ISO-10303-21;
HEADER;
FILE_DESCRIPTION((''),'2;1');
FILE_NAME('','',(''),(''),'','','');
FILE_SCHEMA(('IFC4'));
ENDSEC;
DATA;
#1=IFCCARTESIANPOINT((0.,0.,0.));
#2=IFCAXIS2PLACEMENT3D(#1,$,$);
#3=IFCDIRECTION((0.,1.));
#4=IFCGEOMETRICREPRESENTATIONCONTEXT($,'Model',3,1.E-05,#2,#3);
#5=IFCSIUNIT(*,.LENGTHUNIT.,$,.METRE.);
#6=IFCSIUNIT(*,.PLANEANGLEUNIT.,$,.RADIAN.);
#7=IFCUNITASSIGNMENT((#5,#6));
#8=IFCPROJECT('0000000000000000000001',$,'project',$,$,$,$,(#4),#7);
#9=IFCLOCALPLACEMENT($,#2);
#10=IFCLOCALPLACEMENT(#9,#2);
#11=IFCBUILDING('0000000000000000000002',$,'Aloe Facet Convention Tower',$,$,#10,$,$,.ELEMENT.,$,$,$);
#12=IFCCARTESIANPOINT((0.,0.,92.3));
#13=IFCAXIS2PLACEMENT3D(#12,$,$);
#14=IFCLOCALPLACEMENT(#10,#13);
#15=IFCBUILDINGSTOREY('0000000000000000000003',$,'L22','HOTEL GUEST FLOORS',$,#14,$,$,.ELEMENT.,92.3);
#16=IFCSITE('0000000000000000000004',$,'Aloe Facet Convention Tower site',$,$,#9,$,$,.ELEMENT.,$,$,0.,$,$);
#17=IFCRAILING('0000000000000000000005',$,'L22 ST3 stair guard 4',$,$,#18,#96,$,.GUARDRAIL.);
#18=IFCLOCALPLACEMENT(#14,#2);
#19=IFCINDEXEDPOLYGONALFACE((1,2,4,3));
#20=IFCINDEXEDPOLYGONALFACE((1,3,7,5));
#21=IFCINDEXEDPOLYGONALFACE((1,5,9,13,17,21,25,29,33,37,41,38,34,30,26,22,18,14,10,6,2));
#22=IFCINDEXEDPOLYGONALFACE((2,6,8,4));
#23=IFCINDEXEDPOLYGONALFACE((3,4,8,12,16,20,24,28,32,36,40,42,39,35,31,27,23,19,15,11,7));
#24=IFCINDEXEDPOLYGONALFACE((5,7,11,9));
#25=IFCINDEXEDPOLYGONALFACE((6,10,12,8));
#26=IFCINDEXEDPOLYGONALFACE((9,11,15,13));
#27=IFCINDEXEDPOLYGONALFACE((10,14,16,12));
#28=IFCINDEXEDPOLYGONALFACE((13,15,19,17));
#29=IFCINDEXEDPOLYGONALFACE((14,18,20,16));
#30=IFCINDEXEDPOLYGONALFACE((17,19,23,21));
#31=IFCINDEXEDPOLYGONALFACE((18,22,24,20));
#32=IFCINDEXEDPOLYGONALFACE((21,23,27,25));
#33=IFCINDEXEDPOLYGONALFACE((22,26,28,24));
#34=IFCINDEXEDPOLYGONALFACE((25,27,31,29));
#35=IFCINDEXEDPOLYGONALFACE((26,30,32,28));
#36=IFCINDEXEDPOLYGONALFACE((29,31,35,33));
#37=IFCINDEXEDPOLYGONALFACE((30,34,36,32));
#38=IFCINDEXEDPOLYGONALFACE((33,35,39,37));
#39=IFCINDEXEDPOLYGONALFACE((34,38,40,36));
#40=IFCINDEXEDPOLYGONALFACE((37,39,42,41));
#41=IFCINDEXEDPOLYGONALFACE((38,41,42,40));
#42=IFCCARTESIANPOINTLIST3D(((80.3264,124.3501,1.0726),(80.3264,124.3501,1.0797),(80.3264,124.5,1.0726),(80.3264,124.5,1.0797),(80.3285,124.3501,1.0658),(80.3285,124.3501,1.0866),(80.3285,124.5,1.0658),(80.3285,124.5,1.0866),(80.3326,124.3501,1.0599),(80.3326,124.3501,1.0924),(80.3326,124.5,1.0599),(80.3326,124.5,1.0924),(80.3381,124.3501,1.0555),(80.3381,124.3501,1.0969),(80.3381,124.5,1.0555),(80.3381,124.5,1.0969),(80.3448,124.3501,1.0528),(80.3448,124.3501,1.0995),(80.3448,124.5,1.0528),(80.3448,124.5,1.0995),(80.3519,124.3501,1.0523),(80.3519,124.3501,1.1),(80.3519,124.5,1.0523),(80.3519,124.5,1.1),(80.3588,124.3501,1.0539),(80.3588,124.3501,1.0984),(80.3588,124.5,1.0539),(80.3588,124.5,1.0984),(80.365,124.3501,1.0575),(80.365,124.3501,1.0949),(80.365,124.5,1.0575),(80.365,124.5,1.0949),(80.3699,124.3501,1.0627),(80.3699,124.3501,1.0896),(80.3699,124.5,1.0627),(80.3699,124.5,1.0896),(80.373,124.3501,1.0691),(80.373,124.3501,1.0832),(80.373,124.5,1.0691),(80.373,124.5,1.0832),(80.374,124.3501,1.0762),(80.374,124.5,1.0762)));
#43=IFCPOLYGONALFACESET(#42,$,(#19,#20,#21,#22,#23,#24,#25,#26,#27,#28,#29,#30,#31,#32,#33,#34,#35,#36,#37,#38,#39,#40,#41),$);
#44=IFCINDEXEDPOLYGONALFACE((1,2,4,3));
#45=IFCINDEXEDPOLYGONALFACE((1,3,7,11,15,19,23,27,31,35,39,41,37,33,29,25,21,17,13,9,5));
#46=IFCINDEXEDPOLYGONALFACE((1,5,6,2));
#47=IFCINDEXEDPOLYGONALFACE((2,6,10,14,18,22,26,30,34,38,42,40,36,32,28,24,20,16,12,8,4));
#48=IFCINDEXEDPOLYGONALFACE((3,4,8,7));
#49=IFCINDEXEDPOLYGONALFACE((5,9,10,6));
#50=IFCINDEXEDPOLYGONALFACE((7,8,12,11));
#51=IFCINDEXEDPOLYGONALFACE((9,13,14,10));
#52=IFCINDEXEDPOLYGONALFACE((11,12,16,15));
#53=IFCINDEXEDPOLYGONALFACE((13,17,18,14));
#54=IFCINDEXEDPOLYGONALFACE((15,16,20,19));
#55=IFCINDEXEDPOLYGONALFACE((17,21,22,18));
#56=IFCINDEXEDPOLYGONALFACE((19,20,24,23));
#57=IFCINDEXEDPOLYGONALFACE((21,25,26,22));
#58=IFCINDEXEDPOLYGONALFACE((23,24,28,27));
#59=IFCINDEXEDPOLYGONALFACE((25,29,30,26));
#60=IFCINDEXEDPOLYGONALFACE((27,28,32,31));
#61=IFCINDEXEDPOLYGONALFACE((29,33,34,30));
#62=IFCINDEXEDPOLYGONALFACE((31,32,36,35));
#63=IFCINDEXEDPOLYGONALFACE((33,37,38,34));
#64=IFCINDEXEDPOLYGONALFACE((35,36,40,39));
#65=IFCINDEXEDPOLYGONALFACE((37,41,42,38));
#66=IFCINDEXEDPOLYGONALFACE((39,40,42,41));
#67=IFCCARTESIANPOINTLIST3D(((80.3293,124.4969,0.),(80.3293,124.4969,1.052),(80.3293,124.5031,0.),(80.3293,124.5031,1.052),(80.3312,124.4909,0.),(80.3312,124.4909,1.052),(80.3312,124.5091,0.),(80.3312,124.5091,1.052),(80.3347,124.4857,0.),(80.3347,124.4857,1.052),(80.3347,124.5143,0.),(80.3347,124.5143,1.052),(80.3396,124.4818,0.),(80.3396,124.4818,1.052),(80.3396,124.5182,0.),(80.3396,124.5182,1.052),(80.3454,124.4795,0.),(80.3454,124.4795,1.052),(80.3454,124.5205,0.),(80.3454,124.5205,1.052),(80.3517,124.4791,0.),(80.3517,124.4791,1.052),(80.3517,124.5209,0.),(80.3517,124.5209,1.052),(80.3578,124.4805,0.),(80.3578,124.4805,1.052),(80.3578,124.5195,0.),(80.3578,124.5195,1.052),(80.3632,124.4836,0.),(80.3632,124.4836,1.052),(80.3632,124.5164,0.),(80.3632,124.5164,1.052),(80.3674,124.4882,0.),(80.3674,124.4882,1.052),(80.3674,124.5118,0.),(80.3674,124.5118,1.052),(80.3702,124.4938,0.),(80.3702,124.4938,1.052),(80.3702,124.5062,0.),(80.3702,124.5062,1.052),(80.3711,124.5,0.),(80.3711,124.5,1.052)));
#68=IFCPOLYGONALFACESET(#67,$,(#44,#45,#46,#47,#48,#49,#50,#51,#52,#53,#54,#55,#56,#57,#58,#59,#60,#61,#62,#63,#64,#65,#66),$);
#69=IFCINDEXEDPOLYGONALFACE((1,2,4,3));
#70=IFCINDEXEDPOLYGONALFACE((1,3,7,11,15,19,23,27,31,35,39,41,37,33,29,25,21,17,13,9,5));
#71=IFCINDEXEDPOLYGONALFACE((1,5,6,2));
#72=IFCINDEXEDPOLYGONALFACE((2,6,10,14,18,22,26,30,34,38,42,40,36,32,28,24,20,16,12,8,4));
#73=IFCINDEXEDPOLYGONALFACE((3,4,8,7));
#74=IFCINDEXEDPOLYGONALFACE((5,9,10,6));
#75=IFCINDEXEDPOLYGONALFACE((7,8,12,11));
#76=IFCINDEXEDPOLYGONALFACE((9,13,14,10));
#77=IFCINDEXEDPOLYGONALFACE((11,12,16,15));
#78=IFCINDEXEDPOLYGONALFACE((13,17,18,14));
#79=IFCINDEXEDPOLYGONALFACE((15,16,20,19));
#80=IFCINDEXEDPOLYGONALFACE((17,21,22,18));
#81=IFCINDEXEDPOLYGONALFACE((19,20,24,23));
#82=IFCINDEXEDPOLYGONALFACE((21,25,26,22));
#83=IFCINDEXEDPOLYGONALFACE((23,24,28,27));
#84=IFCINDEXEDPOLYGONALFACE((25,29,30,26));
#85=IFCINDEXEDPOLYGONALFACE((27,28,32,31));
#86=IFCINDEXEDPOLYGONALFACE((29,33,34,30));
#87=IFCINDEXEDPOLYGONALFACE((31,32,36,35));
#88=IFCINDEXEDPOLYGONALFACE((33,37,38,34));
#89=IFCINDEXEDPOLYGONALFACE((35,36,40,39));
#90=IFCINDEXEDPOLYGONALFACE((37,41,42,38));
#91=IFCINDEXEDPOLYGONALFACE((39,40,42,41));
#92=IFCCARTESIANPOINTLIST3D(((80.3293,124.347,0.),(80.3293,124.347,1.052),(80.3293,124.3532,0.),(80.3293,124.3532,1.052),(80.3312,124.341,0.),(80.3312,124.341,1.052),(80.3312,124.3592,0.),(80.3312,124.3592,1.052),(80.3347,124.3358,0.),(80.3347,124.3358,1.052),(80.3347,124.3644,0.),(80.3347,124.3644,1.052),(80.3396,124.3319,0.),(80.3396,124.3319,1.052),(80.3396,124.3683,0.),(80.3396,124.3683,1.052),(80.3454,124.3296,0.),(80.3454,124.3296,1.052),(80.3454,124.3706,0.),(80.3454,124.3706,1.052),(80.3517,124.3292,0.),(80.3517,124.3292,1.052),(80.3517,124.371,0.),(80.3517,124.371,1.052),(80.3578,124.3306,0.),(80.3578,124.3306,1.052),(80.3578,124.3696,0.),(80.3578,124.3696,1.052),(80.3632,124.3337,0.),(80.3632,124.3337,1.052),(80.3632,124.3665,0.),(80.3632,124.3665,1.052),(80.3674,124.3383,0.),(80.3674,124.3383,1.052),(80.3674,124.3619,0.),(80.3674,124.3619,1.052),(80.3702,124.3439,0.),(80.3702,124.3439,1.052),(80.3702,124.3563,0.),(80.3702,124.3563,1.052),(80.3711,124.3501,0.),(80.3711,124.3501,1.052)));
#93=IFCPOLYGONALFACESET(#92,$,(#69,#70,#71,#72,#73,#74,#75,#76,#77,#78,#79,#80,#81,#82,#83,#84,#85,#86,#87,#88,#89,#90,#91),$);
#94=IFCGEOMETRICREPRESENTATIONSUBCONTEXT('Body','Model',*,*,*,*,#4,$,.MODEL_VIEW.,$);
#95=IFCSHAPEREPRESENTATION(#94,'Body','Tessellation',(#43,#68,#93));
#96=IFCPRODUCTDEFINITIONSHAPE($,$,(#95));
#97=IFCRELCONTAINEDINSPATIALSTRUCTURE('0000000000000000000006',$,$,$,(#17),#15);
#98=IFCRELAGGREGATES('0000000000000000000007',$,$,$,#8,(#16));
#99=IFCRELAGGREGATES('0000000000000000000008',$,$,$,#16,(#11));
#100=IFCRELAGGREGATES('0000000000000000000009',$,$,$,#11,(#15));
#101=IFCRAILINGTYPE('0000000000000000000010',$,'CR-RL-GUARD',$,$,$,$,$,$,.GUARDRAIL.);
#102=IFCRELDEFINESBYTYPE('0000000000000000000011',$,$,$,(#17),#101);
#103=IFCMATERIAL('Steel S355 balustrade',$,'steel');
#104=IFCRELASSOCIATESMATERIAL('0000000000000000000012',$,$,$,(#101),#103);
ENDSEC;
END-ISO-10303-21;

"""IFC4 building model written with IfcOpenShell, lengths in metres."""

from ifc_helpers import new_model, si_unit, direction, frame, origin, origin_2d, place, context, subcontext, project, spatial, circle, extrude, material, type_object, element, save


model = new_model("IFC4")

# Units and contexts
model_context = context("Model", 3, precision=1e-05, world=origin(), true_north=direction((0.0, 1.0)))
body_context = subcontext(model_context, "Body", "Model", "MODEL_VIEW")
ifc_project = project(units=[si_unit("LENGTHUNIT", "METRE"), si_unit("PLANEANGLEUNIT", "RADIAN")], contexts=[model_context])

# Site, building, storey
site_placement = place(None, origin())
site = spatial("IfcSite", under=ifc_project, at=site_placement, Name="Aloe Facet Convention Tower site", CompositionType="ELEMENT", RefElevation=0.0)
building_placement = place(site_placement, origin())
building = spatial("IfcBuilding", under=site, at=building_placement, Name="Aloe Facet Convention Tower", CompositionType="ELEMENT")
storey_placement = place(building_placement, frame((0.0, 0.0, 92.3)))
storey = spatial("IfcBuildingStorey", under=building, at=storey_placement, Name="L22", Description="HOTEL GUEST FLOORS", CompositionType="ELEMENT", Elevation=92.3)

# Railing
ifc_material_1 = material(Name="Steel S355 balustrade", Category="steel")
railing_type_1 = type_object("IfcRailingType", Name="CR-RL-GUARD", PredefinedType="GUARDRAIL", material=ifc_material_1)
railing_1_placement = place(storey_placement, frame((80.3501, 124.5, 0.0)))
element("IfcRailing", 1, at=railing_1_placement, inside=storey, type_object=railing_type_1, Name="L22 ST3 stair guard 4", PredefinedType="GUARDRAIL", context=body_context, shape_type="SweptSolid", body=[
    extrude(circle(Radius=0.0239, at=origin_2d()), frame((0.0, 0.0, 1.0762), z_axis=(0.0, -1.0, 0.0), x_axis=(1.0, 0.0, 0.0)), (0.0, 0.0, 1.0), 0.1499),
    extrude(circle(Radius=0.021, at=origin_2d()), origin(), (0.0, 0.0, 1.0), 1.052),
    extrude(circle(Radius=0.021, at=origin_2d()), frame((0.0, -0.1499, 0.0)), (0.0, 0.0, 1.0), 1.052),
])

save(model, "model.ifc")
